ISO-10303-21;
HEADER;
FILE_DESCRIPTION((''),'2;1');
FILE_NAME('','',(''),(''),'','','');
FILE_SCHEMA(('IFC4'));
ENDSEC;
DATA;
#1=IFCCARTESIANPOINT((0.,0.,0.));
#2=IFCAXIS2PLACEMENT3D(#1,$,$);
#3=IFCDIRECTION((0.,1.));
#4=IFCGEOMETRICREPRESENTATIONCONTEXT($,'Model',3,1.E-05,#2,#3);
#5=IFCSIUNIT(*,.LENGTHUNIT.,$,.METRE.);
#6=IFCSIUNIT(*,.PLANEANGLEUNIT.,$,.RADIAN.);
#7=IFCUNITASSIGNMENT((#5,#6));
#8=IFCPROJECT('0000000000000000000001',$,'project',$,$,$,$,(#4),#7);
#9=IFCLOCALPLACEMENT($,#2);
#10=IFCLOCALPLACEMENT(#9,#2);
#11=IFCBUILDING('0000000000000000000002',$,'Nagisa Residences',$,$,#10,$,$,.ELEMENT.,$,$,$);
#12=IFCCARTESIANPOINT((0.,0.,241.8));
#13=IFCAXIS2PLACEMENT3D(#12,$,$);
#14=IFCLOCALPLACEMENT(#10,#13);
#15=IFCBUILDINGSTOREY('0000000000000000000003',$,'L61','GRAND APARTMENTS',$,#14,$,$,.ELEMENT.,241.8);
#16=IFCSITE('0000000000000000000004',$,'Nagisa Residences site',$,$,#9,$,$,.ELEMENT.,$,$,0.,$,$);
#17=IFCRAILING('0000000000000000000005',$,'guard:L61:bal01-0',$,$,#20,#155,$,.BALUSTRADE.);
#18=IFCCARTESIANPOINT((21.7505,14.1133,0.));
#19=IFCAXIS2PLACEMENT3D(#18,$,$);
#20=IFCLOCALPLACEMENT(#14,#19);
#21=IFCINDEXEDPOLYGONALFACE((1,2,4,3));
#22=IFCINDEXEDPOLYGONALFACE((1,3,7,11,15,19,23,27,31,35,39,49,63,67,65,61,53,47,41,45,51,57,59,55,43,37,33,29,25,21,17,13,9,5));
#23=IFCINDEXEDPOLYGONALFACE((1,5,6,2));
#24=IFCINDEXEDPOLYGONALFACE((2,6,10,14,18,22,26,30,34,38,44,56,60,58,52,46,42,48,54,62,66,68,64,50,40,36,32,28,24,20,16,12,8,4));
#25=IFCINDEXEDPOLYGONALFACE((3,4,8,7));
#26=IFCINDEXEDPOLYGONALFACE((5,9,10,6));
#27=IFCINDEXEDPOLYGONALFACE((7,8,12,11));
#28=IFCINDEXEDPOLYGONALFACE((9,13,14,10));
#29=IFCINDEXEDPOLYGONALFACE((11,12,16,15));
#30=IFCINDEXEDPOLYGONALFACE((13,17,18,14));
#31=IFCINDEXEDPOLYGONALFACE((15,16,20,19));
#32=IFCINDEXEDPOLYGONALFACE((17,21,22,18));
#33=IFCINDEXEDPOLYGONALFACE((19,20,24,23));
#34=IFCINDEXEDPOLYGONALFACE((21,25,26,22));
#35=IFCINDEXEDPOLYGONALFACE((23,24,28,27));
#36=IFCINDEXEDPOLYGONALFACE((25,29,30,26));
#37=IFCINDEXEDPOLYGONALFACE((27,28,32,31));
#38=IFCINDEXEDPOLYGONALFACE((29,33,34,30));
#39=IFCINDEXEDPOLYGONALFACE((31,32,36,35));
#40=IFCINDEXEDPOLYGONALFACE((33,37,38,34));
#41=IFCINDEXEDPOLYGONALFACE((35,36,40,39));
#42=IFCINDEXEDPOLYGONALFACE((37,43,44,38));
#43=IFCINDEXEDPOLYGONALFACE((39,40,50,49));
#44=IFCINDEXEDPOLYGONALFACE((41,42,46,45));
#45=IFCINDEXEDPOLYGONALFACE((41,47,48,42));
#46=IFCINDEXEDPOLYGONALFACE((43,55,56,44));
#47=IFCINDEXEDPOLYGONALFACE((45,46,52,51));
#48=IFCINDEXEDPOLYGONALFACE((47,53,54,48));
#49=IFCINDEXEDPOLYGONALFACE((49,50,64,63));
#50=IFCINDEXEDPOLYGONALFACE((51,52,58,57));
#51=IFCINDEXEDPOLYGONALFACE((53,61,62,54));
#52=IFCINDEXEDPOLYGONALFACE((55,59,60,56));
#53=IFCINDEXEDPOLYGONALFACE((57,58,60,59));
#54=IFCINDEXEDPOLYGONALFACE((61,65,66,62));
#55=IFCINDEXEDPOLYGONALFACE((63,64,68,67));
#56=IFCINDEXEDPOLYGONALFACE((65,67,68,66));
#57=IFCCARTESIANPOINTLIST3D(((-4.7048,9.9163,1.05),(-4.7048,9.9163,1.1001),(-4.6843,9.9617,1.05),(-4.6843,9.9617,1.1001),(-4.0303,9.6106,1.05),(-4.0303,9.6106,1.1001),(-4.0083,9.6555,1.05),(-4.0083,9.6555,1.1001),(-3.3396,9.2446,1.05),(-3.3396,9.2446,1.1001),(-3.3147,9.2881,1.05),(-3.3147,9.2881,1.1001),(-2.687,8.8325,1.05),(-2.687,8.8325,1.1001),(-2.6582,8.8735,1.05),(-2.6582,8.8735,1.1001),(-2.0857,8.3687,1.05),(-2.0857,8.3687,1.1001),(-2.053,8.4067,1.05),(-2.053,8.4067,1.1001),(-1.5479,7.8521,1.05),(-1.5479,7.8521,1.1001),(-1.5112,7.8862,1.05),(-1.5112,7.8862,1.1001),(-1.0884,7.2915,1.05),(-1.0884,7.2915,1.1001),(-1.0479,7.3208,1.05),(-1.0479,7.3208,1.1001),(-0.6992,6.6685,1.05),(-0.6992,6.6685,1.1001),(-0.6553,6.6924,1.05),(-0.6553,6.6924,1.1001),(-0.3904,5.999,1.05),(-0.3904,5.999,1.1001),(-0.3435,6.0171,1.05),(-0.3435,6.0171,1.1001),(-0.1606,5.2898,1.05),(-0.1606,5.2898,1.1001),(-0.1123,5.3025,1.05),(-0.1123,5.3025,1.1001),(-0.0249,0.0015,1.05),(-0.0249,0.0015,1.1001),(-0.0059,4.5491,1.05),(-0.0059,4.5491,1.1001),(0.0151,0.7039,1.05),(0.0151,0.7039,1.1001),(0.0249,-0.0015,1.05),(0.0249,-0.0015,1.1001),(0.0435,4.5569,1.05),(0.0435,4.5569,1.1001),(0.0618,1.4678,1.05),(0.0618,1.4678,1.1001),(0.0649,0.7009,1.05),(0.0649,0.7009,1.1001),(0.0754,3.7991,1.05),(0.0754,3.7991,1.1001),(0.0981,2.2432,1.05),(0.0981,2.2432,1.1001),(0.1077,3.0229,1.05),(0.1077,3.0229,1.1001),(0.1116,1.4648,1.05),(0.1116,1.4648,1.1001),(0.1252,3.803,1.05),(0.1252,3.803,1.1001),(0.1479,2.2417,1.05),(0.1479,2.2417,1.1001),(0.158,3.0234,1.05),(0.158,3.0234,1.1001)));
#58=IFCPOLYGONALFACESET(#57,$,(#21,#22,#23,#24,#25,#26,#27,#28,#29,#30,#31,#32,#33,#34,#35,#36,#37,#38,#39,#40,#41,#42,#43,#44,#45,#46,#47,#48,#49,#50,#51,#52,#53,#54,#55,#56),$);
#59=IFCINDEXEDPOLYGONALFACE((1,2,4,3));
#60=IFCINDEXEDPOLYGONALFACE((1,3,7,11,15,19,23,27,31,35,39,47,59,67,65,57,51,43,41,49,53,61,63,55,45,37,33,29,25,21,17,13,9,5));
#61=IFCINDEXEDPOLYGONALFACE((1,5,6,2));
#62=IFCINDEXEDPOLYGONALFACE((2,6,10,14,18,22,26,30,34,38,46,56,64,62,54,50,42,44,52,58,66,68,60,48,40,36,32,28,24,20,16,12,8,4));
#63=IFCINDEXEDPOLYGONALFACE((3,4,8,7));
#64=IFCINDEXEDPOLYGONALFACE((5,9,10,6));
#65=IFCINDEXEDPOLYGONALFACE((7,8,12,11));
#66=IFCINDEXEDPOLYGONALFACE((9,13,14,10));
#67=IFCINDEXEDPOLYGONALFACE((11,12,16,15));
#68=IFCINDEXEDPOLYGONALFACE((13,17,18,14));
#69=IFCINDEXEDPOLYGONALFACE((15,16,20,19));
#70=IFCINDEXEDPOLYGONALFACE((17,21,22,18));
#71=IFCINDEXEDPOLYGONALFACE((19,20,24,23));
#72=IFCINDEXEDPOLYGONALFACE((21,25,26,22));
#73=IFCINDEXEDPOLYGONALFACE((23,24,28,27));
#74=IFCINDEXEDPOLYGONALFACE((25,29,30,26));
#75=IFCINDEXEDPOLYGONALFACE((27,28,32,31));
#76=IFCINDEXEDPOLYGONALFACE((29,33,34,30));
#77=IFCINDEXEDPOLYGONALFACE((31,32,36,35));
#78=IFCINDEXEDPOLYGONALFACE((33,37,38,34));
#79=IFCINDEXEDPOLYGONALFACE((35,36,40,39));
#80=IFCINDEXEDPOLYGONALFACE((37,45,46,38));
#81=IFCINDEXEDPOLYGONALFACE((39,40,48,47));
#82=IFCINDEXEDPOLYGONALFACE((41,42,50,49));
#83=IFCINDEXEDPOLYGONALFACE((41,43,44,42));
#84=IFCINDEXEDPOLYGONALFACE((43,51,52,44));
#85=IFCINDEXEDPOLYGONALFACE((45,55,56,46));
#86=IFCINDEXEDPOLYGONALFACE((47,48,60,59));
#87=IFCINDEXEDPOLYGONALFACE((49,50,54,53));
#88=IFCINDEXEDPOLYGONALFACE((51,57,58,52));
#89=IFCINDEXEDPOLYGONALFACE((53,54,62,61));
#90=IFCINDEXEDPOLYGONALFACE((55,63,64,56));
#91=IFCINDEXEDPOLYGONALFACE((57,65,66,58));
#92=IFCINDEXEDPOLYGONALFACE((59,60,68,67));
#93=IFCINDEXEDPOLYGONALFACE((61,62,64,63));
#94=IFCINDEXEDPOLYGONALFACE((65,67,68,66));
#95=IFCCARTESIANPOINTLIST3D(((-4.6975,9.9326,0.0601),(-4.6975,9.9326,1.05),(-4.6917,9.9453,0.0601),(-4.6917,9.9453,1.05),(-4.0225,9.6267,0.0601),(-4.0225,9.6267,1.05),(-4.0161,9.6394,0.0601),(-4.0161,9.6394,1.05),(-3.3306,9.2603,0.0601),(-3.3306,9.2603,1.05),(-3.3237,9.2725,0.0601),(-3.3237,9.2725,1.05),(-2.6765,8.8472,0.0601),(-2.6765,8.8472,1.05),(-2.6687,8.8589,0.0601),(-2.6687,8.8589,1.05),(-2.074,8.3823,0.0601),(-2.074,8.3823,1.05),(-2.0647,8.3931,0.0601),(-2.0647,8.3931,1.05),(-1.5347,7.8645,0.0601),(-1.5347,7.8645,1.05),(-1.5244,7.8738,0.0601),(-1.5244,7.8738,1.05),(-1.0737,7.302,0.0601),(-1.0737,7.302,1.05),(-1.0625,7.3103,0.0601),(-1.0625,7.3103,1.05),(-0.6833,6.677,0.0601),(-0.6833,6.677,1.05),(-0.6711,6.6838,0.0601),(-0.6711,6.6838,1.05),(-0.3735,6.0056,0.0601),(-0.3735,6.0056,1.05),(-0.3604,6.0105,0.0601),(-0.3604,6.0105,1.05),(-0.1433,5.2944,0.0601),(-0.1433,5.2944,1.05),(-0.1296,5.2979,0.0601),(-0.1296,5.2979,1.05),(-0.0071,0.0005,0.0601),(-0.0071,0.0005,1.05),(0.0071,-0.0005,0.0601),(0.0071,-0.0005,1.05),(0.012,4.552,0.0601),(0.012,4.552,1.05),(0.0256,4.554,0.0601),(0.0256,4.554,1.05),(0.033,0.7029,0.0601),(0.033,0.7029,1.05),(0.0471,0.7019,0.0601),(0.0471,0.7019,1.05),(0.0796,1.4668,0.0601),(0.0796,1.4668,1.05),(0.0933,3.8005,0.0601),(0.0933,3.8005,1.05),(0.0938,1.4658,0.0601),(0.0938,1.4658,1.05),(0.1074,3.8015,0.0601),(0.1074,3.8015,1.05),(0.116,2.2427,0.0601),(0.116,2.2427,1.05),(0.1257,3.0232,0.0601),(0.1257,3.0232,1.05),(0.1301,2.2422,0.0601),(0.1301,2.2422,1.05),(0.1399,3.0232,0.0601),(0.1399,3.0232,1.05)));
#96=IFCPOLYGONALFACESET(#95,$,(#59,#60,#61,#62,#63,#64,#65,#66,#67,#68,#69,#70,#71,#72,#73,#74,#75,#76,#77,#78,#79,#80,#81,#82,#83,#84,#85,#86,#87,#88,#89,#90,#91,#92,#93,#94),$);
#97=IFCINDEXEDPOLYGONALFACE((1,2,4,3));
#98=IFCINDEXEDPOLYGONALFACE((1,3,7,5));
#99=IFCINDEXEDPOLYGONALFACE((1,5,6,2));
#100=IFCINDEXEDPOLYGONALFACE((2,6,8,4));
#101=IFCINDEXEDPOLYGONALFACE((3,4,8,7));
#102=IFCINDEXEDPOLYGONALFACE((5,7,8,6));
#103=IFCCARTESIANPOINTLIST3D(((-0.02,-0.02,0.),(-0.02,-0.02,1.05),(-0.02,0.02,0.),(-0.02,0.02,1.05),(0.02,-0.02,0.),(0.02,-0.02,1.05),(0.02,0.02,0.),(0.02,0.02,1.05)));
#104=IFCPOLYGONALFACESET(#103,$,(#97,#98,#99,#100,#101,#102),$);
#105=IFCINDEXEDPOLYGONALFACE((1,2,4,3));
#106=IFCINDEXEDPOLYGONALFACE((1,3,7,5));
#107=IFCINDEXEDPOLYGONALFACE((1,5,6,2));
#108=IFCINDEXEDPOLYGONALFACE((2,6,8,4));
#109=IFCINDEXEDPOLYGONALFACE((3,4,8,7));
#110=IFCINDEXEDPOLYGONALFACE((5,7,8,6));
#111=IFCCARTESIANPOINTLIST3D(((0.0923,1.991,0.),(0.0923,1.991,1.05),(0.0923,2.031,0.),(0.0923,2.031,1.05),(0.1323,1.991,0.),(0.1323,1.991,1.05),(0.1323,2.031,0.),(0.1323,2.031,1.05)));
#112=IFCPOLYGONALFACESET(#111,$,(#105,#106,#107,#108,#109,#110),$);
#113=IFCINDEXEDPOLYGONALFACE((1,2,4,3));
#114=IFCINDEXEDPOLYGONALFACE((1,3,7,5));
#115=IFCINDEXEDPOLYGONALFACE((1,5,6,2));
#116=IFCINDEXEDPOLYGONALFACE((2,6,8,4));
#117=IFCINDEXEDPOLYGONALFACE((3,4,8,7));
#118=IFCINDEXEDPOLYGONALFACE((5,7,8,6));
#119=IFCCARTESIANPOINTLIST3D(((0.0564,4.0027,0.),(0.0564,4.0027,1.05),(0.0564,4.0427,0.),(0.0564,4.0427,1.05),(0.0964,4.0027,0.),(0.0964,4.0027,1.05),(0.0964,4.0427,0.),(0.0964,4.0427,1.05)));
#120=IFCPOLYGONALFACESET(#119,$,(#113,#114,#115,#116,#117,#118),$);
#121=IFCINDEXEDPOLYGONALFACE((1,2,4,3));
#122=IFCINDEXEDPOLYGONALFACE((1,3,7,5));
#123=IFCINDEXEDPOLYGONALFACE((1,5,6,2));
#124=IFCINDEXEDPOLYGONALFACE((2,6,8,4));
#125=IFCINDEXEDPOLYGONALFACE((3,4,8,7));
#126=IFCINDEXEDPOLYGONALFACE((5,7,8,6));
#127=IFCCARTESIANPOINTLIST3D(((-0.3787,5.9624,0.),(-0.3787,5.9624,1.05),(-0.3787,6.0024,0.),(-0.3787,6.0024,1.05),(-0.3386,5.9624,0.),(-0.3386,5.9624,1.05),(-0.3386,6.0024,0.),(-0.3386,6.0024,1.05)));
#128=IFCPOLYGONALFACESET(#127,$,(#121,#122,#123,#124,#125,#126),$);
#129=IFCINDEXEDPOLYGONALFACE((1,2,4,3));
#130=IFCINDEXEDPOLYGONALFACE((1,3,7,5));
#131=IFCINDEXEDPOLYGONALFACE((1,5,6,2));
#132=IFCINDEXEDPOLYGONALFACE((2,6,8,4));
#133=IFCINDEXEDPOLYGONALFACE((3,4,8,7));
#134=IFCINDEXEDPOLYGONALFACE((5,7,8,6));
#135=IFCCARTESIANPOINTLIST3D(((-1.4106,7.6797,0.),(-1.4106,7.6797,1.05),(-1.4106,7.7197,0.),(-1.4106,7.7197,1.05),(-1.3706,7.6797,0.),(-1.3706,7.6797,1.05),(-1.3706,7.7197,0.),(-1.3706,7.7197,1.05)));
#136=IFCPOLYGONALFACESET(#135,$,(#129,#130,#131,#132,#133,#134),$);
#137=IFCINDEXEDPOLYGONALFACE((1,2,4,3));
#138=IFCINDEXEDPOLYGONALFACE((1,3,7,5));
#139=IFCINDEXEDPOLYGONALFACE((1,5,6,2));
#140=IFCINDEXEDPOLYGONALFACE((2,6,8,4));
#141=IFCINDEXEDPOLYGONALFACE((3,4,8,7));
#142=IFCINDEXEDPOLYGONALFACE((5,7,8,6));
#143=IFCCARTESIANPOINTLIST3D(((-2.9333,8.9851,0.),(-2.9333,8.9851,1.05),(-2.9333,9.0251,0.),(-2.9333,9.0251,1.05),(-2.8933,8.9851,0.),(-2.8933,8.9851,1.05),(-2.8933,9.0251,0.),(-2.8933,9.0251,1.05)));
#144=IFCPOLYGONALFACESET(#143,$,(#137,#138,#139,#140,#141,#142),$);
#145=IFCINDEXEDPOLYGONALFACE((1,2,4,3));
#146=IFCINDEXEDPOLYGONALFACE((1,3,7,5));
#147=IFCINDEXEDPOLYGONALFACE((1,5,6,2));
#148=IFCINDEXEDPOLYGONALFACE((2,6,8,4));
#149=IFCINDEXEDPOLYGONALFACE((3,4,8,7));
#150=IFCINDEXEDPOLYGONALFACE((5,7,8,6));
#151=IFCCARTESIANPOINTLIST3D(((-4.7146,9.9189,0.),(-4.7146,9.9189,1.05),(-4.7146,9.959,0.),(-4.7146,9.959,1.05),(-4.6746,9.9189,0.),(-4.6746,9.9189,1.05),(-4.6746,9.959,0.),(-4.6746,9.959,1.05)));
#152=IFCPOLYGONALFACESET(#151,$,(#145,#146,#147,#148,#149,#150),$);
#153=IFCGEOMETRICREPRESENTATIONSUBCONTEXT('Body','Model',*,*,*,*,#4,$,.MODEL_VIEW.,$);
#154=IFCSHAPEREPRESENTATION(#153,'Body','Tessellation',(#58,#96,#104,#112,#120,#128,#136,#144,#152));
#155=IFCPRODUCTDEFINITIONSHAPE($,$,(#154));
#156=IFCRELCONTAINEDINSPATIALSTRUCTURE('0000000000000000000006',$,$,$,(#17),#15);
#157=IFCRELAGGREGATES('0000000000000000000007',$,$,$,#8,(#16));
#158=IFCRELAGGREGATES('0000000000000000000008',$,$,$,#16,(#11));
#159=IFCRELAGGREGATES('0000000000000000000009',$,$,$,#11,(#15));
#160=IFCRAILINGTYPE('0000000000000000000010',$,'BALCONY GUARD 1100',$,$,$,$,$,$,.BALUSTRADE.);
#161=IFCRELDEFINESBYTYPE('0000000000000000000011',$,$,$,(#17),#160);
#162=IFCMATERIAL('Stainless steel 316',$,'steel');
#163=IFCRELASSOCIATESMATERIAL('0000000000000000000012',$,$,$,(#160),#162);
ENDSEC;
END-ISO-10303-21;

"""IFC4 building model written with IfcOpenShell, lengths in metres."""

from ifc_helpers import new_model, si_unit, direction, frame, origin, origin_2d, place, context, subcontext, project, spatial, polyline, rectangle, outline, extrude, material, type_object, element, save


model = new_model("IFC4")

# Units and contexts
model_context = context("Model", 3, precision=1e-05, world=origin(), true_north=direction((0.0, 1.0)))
body_context = subcontext(model_context, "Body", "Model", "MODEL_VIEW")
ifc_project = project(units=[si_unit("LENGTHUNIT", "METRE"), si_unit("PLANEANGLEUNIT", "RADIAN")], contexts=[model_context])

# Site, building, storey
site_placement = place(None, origin())
site = spatial("IfcSite", under=ifc_project, at=site_placement, Name="Nagisa Residences site", CompositionType="ELEMENT", RefElevation=0.0)
building_placement = place(site_placement, origin())
building = spatial("IfcBuilding", under=site, at=building_placement, Name="Nagisa Residences", CompositionType="ELEMENT")
storey_placement = place(building_placement, frame((0.0, 0.0, 241.8)))
storey = spatial("IfcBuildingStorey", under=building, at=storey_placement, Name="L61", Description="GRAND APARTMENTS", CompositionType="ELEMENT", Elevation=241.8)

# Railing
ifc_material_1 = material(Name="Stainless steel 316", Category="steel")
railing_type = type_object("IfcRailingType", Name="BALCONY GUARD 1100", PredefinedType="BALUSTRADE", material=ifc_material_1)
railing_1_placement = place(storey_placement, frame((21.7505, 14.1133, 0.0)))
element("IfcRailing", 1, at=railing_1_placement, inside=storey, type_object=railing_type, Name="guard:L61:bal01-0", PredefinedType="BALUSTRADE", context=body_context, shape_type="SweptSolid", body=[
    extrude(outline(polyline([(0.0151, 0.7039), (-0.0249, 0.0015), (0.0249, -0.0015), (0.0649, 0.7009), (0.1116, 1.4648), (0.1479, 2.2417), (0.158, 3.0234), (0.1252, 3.803), (0.0435, 4.5569), (-0.1123, 5.3025), (-0.3435, 6.0171), (-0.6553, 6.6924), (-1.0479, 7.3208), (-1.5112, 7.8862), (-2.053, 8.4067), (-2.6582, 8.8735), (-3.3147, 9.2881), (-4.0083, 9.6555), (-4.6843, 9.9617), (-4.7048, 9.9163), (-4.0303, 9.6106), (-3.3396, 9.2446), (-2.687, 8.8325), (-2.0857, 8.3687), (-1.5479, 7.8521), (-1.0884, 7.2915), (-0.6992, 6.6685), (-0.3904, 5.999), (-0.1606, 5.2898), (-0.0059, 4.5491), (0.0754, 3.7991), (0.1077, 3.0229), (0.0981, 2.2432), (0.0618, 1.4678), (0.0151, 0.7039)])), frame((0.0, 0.0, 1.05)), (0.0, 0.0, 1.0), 0.05),
    extrude(outline(polyline([(0.033, 0.7029), (-0.0071, 0.0005), (0.0071, -0.0005), (0.0471, 0.7019), (0.0938, 1.4658), (0.1301, 2.2422), (0.1399, 3.0232), (0.1074, 3.8015), (0.0256, 4.554), (-0.1296, 5.2979), (-0.3604, 6.0105), (-0.6711, 6.6838), (-1.0625, 7.3103), (-1.5244, 7.8738), (-2.0647, 8.3931), (-2.6687, 8.8589), (-3.3237, 9.2725), (-4.0161, 9.6394), (-4.6917, 9.9453), (-4.6975, 9.9326), (-4.0225, 9.6267), (-3.3306, 9.2603), (-2.6765, 8.8472), (-2.074, 8.3823), (-1.5347, 7.8645), (-1.0737, 7.302), (-0.6833, 6.677), (-0.3735, 6.0056), (-0.1433, 5.2944), (0.012, 4.552), (0.0933, 3.8005), (0.1257, 3.0232), (0.116, 2.2427), (0.0796, 1.4668), (0.033, 0.7029)])), frame((0.0, 0.0, 0.0601)), (0.0, 0.0, 1.0), 0.99),
    extrude(rectangle(XDim=0.04, YDim=0.04, at=origin_2d()), origin(), (0.0, 0.0, 1.0), 1.05),
    extrude(rectangle(XDim=0.04, YDim=0.04, at=origin_2d()), frame((0.1123, 2.011, 0.0)), (0.0, 0.0, 1.0), 1.05),
    extrude(rectangle(XDim=0.04, YDim=0.04, at=origin_2d()), frame((0.0764, 4.0227, 0.0)), (0.0, 0.0, 1.0), 1.05),
    extrude(rectangle(XDim=0.04, YDim=0.04, at=origin_2d()), frame((-0.3586, 5.9824, 0.0)), (0.0, 0.0, 1.0), 1.05),
    extrude(rectangle(XDim=0.04, YDim=0.04, at=origin_2d()), frame((-1.3906, 7.6997, 0.0)), (0.0, 0.0, 1.0), 1.05),
    extrude(rectangle(XDim=0.04, YDim=0.04, at=origin_2d()), frame((-2.9133, 9.0051, 0.0)), (0.0, 0.0, 1.0), 1.05),
    extrude(rectangle(XDim=0.04, YDim=0.04, at=origin_2d()), frame((-4.6946, 9.939, 0.0)), (0.0, 0.0, 1.0), 1.05),
])

save(model, "model.ifc")
